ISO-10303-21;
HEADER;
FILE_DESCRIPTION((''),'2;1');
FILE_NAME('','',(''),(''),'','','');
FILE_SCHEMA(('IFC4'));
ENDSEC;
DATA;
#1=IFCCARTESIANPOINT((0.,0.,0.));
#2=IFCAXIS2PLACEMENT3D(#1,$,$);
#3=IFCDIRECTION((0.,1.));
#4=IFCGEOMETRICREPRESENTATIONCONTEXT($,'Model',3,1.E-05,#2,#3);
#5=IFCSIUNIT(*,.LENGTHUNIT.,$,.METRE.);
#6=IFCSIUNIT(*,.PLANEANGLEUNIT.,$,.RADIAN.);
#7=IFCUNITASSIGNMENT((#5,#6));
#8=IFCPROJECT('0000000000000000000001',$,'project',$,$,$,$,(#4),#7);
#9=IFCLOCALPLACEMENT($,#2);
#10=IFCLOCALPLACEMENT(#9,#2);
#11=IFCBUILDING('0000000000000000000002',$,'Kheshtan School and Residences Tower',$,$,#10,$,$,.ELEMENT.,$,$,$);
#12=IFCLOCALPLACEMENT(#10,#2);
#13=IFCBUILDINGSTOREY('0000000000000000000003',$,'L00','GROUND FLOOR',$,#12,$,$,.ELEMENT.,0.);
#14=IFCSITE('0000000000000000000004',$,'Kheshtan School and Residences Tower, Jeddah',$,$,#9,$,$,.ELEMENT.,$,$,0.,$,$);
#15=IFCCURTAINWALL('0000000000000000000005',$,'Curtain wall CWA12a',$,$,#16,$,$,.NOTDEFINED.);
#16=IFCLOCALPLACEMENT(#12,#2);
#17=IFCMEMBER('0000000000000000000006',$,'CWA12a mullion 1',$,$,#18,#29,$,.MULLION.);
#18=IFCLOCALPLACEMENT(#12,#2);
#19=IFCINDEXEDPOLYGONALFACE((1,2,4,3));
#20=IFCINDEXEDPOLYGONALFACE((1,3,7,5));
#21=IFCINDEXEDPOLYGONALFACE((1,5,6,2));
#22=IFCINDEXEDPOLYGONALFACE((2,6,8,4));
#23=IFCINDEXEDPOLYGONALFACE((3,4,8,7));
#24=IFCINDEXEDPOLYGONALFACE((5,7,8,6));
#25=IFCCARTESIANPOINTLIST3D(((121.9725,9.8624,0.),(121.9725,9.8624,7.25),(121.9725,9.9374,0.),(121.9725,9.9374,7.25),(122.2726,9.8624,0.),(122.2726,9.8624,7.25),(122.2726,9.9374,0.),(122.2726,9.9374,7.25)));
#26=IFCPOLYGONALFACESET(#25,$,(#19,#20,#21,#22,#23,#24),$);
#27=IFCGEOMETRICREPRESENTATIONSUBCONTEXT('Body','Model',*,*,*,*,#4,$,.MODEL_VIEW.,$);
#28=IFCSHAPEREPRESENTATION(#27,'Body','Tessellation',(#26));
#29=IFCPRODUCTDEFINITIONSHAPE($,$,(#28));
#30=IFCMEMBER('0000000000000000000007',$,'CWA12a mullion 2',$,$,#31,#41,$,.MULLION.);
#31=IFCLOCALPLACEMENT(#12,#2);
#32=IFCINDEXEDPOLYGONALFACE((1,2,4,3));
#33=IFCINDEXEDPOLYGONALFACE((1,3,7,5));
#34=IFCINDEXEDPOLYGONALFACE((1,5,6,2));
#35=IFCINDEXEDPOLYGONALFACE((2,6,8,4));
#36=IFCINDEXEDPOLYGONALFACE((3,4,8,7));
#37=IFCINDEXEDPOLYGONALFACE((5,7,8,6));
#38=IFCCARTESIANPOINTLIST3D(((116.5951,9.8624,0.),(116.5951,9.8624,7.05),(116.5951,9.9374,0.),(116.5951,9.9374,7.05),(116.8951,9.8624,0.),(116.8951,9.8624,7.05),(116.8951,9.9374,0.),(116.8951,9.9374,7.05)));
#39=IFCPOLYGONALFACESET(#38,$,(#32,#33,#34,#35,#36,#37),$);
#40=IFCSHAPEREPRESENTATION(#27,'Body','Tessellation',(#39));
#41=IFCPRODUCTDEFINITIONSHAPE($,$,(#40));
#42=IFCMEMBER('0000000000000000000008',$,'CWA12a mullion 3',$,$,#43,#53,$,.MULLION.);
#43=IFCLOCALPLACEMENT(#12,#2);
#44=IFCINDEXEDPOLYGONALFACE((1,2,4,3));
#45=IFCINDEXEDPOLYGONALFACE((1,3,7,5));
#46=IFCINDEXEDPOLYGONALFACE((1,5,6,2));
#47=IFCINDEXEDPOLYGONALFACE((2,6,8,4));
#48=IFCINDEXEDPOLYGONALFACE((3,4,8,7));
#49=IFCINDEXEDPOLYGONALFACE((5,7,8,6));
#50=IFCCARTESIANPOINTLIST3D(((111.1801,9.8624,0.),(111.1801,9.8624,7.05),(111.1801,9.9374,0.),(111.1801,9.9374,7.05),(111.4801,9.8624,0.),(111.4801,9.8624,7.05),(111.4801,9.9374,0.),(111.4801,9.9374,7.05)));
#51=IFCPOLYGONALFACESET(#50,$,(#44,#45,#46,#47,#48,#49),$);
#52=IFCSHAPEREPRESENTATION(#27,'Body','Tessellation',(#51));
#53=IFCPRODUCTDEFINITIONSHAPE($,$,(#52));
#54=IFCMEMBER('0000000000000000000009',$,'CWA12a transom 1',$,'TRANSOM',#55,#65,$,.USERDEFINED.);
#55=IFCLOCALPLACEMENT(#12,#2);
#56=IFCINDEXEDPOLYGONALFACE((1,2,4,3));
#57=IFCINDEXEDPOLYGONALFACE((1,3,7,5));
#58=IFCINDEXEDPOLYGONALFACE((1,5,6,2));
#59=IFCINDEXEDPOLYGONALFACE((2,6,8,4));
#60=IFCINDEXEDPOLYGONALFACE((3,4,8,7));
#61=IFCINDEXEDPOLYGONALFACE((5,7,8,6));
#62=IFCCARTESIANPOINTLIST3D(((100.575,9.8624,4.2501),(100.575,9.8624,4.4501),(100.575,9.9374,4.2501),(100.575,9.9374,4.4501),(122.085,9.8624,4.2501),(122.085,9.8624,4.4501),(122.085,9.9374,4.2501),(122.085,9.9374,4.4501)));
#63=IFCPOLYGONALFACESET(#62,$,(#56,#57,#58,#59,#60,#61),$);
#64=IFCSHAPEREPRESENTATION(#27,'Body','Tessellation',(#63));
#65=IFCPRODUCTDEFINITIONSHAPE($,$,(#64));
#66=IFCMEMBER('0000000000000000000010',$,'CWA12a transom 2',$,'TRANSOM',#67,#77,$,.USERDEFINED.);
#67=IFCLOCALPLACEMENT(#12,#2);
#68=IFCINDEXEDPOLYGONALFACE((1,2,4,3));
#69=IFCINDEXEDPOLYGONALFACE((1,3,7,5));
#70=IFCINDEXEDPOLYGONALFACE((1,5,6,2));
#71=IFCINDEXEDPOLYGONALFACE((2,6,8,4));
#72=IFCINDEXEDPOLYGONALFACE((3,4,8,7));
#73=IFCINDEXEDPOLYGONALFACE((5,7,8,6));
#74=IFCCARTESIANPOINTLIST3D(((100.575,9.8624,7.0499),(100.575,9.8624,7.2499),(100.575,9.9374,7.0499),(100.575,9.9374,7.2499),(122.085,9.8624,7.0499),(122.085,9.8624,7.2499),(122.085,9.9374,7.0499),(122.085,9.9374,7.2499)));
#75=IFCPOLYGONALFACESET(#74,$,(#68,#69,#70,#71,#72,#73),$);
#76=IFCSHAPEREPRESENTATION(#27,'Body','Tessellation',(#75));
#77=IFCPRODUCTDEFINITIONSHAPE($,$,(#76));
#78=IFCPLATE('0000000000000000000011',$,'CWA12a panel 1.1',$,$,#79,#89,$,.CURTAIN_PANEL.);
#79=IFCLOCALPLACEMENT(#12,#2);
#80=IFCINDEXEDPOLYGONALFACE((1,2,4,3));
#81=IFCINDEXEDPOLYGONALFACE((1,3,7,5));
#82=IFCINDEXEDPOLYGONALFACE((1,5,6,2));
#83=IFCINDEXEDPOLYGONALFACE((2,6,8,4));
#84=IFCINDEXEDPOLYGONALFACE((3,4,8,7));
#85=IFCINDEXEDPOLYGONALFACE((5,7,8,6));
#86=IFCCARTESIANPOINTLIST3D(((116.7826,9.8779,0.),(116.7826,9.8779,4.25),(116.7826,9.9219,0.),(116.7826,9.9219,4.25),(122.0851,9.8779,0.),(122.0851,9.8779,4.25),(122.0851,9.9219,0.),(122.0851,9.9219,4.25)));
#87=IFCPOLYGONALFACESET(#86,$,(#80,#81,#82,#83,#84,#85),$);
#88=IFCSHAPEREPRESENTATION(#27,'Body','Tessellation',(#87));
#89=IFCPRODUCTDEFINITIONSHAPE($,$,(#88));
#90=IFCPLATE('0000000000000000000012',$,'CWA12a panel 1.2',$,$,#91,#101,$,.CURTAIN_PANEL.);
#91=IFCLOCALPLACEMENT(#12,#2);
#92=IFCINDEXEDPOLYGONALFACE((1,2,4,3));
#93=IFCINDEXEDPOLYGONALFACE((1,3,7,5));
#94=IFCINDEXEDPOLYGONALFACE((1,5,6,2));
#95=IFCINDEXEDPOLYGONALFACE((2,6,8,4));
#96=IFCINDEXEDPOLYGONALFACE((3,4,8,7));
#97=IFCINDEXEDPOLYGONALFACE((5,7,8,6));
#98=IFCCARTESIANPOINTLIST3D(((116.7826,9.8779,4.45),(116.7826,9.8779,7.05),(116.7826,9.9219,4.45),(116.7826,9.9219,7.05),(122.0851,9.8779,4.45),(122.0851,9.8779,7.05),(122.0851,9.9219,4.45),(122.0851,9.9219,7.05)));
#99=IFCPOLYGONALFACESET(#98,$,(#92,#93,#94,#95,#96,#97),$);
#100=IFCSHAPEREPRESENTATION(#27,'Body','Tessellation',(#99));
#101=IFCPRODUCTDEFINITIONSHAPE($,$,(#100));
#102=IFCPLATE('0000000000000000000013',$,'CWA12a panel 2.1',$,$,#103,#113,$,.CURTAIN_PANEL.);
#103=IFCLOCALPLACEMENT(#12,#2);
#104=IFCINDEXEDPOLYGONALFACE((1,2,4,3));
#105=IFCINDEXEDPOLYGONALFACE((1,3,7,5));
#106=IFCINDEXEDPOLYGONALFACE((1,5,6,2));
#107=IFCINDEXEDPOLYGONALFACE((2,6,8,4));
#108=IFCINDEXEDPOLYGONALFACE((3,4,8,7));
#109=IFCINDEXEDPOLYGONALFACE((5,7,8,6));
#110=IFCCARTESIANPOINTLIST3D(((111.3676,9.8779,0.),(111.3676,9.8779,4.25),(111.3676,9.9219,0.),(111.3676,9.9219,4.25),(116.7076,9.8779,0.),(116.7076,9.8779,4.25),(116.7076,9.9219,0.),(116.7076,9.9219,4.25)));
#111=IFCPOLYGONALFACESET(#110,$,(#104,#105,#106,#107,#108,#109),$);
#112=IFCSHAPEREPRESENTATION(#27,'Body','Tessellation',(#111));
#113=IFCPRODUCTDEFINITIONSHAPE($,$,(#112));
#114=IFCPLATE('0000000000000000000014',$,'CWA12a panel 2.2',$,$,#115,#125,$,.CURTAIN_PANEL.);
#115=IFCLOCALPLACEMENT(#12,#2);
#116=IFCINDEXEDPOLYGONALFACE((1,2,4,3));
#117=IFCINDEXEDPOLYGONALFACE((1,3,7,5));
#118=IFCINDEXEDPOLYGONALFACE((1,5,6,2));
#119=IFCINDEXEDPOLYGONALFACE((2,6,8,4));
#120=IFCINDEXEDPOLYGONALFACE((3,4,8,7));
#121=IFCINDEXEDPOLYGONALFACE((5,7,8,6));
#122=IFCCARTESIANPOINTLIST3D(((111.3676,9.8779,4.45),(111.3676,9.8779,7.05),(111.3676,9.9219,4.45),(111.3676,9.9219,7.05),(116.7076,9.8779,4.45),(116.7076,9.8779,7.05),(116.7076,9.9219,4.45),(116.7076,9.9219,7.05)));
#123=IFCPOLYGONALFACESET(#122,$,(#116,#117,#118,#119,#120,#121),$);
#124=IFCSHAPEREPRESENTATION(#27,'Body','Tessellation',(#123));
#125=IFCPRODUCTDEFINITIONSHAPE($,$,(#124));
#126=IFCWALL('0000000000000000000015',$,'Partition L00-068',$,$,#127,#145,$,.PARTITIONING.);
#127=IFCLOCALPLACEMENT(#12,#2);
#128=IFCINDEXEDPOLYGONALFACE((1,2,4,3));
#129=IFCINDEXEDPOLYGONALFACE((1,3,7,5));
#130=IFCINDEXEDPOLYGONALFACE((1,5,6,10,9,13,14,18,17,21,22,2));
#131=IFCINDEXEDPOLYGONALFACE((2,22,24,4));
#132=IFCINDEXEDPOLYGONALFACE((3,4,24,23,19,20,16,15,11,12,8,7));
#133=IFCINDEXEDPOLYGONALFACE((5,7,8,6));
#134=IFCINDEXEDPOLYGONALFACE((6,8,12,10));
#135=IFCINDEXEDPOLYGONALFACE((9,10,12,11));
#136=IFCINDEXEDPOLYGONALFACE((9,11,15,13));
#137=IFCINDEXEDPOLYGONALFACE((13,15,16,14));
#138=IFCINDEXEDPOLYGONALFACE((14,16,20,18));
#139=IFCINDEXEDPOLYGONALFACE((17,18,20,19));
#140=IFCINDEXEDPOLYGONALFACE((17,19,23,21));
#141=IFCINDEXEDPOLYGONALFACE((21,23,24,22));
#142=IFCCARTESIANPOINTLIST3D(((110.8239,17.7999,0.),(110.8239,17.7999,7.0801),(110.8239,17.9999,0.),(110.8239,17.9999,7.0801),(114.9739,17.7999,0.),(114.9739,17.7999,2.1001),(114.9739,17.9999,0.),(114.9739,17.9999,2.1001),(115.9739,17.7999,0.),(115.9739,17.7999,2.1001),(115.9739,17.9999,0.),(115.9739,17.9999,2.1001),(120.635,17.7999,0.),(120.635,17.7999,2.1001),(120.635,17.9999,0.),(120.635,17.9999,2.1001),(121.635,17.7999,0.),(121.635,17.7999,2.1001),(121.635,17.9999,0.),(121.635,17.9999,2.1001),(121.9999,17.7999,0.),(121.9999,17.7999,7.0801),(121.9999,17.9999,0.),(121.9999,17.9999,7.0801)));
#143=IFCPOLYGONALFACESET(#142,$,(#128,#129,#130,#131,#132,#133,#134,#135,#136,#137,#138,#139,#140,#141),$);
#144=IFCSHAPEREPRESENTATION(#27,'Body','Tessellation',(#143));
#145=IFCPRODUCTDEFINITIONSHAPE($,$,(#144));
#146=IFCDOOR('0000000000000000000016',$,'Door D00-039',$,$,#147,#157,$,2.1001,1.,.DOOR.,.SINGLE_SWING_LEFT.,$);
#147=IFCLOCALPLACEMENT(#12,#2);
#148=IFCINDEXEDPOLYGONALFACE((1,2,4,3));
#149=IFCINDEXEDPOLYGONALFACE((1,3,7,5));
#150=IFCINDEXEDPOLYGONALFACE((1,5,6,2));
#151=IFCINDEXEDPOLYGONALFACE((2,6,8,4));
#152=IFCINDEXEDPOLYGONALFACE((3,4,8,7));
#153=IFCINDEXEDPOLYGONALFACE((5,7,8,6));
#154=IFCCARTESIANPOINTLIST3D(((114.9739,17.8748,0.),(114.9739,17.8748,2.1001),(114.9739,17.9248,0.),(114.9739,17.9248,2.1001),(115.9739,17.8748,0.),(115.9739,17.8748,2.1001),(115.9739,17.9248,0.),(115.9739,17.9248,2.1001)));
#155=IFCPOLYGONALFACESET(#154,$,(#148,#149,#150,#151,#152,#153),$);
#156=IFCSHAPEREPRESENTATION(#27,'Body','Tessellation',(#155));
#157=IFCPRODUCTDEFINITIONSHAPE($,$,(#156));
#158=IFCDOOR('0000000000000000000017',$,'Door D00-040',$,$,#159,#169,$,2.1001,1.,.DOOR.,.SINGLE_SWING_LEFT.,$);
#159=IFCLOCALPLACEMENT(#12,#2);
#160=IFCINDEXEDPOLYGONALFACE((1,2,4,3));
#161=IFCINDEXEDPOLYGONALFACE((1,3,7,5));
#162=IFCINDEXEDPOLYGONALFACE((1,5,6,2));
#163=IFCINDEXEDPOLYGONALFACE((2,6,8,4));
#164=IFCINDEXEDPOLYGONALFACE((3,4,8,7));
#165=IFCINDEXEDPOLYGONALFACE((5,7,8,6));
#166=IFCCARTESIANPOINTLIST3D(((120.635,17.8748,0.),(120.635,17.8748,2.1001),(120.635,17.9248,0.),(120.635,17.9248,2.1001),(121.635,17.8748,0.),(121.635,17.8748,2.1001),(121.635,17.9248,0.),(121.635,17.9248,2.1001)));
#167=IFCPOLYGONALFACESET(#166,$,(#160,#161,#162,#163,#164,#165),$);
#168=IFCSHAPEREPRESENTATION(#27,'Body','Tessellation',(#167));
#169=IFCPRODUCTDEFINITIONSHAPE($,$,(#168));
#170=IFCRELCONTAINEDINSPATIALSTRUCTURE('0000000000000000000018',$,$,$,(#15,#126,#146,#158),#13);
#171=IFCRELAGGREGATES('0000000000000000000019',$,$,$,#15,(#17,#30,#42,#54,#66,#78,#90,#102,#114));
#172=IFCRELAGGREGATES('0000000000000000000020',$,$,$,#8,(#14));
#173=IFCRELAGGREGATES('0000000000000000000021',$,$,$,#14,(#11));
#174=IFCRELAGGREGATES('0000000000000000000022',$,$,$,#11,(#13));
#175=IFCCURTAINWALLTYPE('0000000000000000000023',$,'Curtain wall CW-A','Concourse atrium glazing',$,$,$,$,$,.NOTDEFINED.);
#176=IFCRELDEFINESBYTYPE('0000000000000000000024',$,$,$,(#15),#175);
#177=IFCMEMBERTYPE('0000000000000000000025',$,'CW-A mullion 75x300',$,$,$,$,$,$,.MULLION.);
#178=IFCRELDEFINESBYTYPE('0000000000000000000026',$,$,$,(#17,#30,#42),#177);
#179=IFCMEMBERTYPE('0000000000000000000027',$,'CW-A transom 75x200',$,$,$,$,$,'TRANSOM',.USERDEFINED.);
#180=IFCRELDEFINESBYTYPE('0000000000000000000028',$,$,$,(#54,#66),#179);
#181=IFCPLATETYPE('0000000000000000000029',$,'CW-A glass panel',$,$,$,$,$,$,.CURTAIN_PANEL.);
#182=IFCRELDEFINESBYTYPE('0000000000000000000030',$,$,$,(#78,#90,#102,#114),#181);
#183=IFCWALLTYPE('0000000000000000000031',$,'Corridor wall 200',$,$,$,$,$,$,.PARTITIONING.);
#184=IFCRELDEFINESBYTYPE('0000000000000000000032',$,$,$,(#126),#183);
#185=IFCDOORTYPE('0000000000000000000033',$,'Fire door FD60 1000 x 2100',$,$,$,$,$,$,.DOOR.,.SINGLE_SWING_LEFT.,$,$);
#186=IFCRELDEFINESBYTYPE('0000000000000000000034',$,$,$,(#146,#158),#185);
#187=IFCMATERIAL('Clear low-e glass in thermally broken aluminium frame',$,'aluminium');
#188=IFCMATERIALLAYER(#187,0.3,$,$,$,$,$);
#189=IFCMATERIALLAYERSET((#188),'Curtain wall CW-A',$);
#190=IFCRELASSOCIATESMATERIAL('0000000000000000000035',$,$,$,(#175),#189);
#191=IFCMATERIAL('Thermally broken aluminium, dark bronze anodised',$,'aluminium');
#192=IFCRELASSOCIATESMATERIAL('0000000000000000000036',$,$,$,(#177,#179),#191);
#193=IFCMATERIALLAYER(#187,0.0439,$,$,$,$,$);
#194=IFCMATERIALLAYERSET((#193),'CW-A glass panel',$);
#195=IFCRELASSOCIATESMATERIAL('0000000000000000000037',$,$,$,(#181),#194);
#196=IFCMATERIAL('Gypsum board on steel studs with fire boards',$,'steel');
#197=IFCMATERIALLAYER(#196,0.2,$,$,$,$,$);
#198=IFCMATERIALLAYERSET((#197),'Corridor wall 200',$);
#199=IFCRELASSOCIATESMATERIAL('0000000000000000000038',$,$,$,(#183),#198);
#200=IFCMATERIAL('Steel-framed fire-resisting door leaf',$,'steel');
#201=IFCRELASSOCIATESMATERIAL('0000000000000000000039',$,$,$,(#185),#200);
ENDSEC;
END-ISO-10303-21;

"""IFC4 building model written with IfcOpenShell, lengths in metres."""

from ifc_helpers import new_model, si_unit, direction, frame, frame_2d, origin, origin_2d, place, context, subcontext, project, spatial, rectangle, extrude, source, transform, mapped, material, layer, layer_set, material_profile, profile_set, type_object, element, fill, aggregate, save


model = new_model("IFC4")

# Units and contexts
model_context = context("Model", 3, precision=1e-05, world=origin(), true_north=direction((0.0, 1.0)))
body_context = subcontext(model_context, "Body", "Model", "MODEL_VIEW")
ifc_project = project(units=[si_unit("LENGTHUNIT", "METRE"), si_unit("PLANEANGLEUNIT", "RADIAN")], contexts=[model_context])

# Site, building, storey
site_placement = place(None, origin())
site = spatial("IfcSite", under=ifc_project, at=site_placement, Name="Kheshtan School and Residences Tower, Jeddah", CompositionType="ELEMENT", RefElevation=0.0)
building_placement = place(site_placement, origin())
building = spatial("IfcBuilding", under=site, at=building_placement, Name="Kheshtan School and Residences Tower", CompositionType="ELEMENT")
storey_placement = place(building_placement, origin())
storey = spatial("IfcBuildingStorey", under=building, at=storey_placement, Name="L00", Description="GROUND FLOOR", CompositionType="ELEMENT", Elevation=0.0)

# Shared definitions
ifc_material_1 = material(Name="Clear low-e glass in thermally broken aluminium frame", Category="aluminium")
ifc_layer_1 = layer(ifc_material_1, 0.3)
ifc_layer_set_1 = layer_set([ifc_layer_1], Name="Curtain wall CW-A")
curtain_wall_type = type_object("IfcCurtainWallType", Name="Curtain wall CW-A", Description="Concourse atrium glazing", PredefinedType="NOTDEFINED", material=ifc_layer_set_1)
ifc_material_2 = material(Name="Thermally broken aluminium, dark bronze anodised", Category="aluminium")
ifc_material_profile_1 = material_profile(ifc_material_2, rectangle(XDim=0.075, YDim=0.3, at=origin_2d()), Name="CW-A mullion 75x300")
ifc_profile_set_1 = profile_set([ifc_material_profile_1], Name="Thermally broken aluminium, dark bronze anodised")
member_type_1 = type_object("IfcMemberType", Name="CW-A mullion 75x300", PredefinedType="MULLION", material=ifc_profile_set_1)

# Curtain wall, members, plates
curtain_wall_1_placement = place(storey_placement, origin())
curtain_wall_1 = element("IfcCurtainWall", 1, at=curtain_wall_1_placement, inside=storey, type_object=curtain_wall_type, Name="Curtain wall CWA12a", PredefinedType="NOTDEFINED")
member_1_placement = place(storey_placement, frame((122.1226, 9.8999, 0.0), z_axis=(0.0, 0.0, 1.0), x_axis=(0.0, -1.0, 0.0)))
member_1 = element("IfcMember", 2, at=member_1_placement, type_object=member_type_1, Name="CWA12a mullion 1", PredefinedType="MULLION", context=body_context, shape_type="SweptSolid", body=[
    extrude(rectangle(XDim=0.075, YDim=0.3, at=origin_2d()), origin(), (0.0, 0.0, 1.0), 7.25),
])
member_2_placement = place(storey_placement, frame((116.7451, 9.8999, 0.0), z_axis=(0.0, 0.0, 1.0), x_axis=(0.0, -1.0, 0.0)))
member_2 = element("IfcMember", 3, at=member_2_placement, type_object=member_type_1, Name="CWA12a mullion 2", PredefinedType="MULLION", context=body_context, shape_type="SweptSolid", body=[
    extrude(rectangle(XDim=0.075, YDim=0.3, at=origin_2d()), origin(), (0.0, 0.0, 1.0), 7.05),
])
member_3_placement = place(storey_placement, frame((111.3301, 9.8999, 0.0), z_axis=(0.0, 0.0, 1.0), x_axis=(0.0, -1.0, 0.0)))
member_3 = element("IfcMember", 4, at=member_3_placement, type_object=member_type_1, Name="CWA12a mullion 3", PredefinedType="MULLION", context=body_context, shape_type="SweptSolid", body=[
    extrude(rectangle(XDim=0.075, YDim=0.3, at=origin_2d()), origin(), (0.0, 0.0, 1.0), 7.05),
])
ifc_material_profile_2 = material_profile(ifc_material_2, rectangle(XDim=0.075, YDim=0.2, at=origin_2d()), Name="CW-A transom 75x200")
ifc_profile_set_2 = profile_set([ifc_material_profile_2], Name="Thermally broken aluminium, dark bronze anodised")
member_type_2 = type_object("IfcMemberType", Name="CW-A transom 75x200", ElementType="TRANSOM", PredefinedType="USERDEFINED", material=ifc_profile_set_2)
member_4_placement = place(storey_placement, frame((122.085, 9.8999, 4.3501), z_axis=(-1.0, 0.0, 0.0), x_axis=(0.0, -1.0, 0.0)))
member_4 = element("IfcMember", 5, at=member_4_placement, type_object=member_type_2, Name="CWA12a transom 1", ObjectType="TRANSOM", PredefinedType="USERDEFINED", context=body_context, shape_type="SweptSolid", body=[
    extrude(rectangle(XDim=0.075, YDim=0.2, at=origin_2d()), origin(), (0.0, 0.0, 1.0), 21.51),
])
member_5_placement = place(storey_placement, frame((122.085, 9.8999, 7.1499), z_axis=(-1.0, 0.0, 0.0), x_axis=(0.0, -1.0, 0.0)))
member_5 = element("IfcMember", 6, at=member_5_placement, type_object=member_type_2, Name="CWA12a transom 2", ObjectType="TRANSOM", PredefinedType="USERDEFINED", context=body_context, shape_type="SweptSolid", body=[
    extrude(rectangle(XDim=0.075, YDim=0.2, at=origin_2d()), origin(), (0.0, 0.0, 1.0), 21.51),
])
ifc_layer_2 = layer(ifc_material_1, 0.0439)
ifc_layer_set_2 = layer_set([ifc_layer_2], Name="CW-A glass panel")
plate_type = type_object("IfcPlateType", Name="CW-A glass panel", PredefinedType="CURTAIN_PANEL", material=ifc_layer_set_2)
plate_1_placement = place(storey_placement, frame((119.4338, 9.8999, 0.0), z_axis=(0.0, 0.0, 1.0), x_axis=(-1.0, 0.0, 0.0)))
plate_1 = element("IfcPlate", 7, at=plate_1_placement, type_object=plate_type, Name="CWA12a panel 1.1", PredefinedType="CURTAIN_PANEL", context=body_context, shape_type="SweptSolid", body=[
    extrude(rectangle(XDim=5.3025, YDim=0.0439, at=origin_2d()), origin(), (0.0, 0.0, 1.0), 4.25),
])
plate_2_placement = place(storey_placement, frame((119.4338, 9.8999, 4.45), z_axis=(0.0, 0.0, 1.0), x_axis=(-1.0, 0.0, 0.0)))
plate_2 = element("IfcPlate", 8, at=plate_2_placement, type_object=plate_type, Name="CWA12a panel 1.2", PredefinedType="CURTAIN_PANEL", context=body_context, shape_type="SweptSolid", body=[
    extrude(rectangle(XDim=5.3025, YDim=0.0439, at=origin_2d()), origin(), (0.0, 0.0, 1.0), 2.6001),
])
plate_3_placement = place(storey_placement, frame((114.0376, 9.8999, 0.0), z_axis=(0.0, 0.0, 1.0), x_axis=(-1.0, 0.0, 0.0)))
plate_3 = element("IfcPlate", 9, at=plate_3_placement, type_object=plate_type, Name="CWA12a panel 2.1", PredefinedType="CURTAIN_PANEL", context=body_context, shape_type="SweptSolid", body=[
    extrude(rectangle(XDim=5.3401, YDim=0.0439, at=origin_2d()), origin(), (0.0, 0.0, 1.0), 4.25),
])
plate_4_placement = place(storey_placement, frame((114.0376, 9.8999, 4.45), z_axis=(0.0, 0.0, 1.0), x_axis=(-1.0, 0.0, 0.0)))
plate_4 = element("IfcPlate", 10, at=plate_4_placement, type_object=plate_type, Name="CWA12a panel 2.2", PredefinedType="CURTAIN_PANEL", context=body_context, shape_type="SweptSolid", body=[
    extrude(rectangle(XDim=5.3401, YDim=0.0439, at=origin_2d()), origin(), (0.0, 0.0, 1.0), 2.6001),
])
aggregate(curtain_wall_1, [member_1, member_2, member_3, member_4, member_5, plate_1, plate_2, plate_3, plate_4])

# Wall, openings, doors
ifc_material_3 = material(Name="Gypsum board on steel studs with fire boards", Category="steel")
ifc_layer_3 = layer(ifc_material_3, 0.2)
ifc_layer_set_3 = layer_set([ifc_layer_3], Name="Corridor wall 200")
wall_type_1 = type_object("IfcWallType", Name="Corridor wall 200", PredefinedType="PARTITIONING", material=ifc_layer_set_3)
wall_1_placement = place(storey_placement, frame((110.824, 17.8999, 0.0), z_axis=(0.0, 0.0, 1.0), x_axis=(1.0, 0.0, 0.0)))
wall_1 = element("IfcWall", 11, at=wall_1_placement, inside=storey, type_object=wall_type_1, Name="Partition L00-068", PredefinedType="PARTITIONING", context=body_context, shape_type="SweptSolid", body=[
    extrude(rectangle(XDim=11.176, YDim=0.2, at=frame_2d((5.5879, 0.0))), origin(), (0.0, 0.0, 1.0), 7.0801),
])
opening_1_placement = place(wall_1_placement, frame((4.1499, 0.0, 0.0)))
opening_1 = element("IfcOpeningElement", 12, at=opening_1_placement, cuts=wall_1, PredefinedType="OPENING", context=body_context, shape_type="SweptSolid", body=[
    extrude(rectangle(XDim=1.0, YDim=2.1001, at=frame_2d((0.5, 1.05))), frame((0.0, 0.1099, 0.0), z_axis=(0.0, -1.0, 0.0), x_axis=(1.0, 0.0, 0.0)), (0.0, 0.0, 1.0), 0.22),
])
opening_2_placement = place(wall_1_placement, frame((9.811, 0.0, 0.0)))
opening_2 = element("IfcOpeningElement", 13, at=opening_2_placement, cuts=wall_1, PredefinedType="OPENING", context=body_context, shape_type="SweptSolid", body=[
    extrude(rectangle(XDim=1.0, YDim=2.1001, at=frame_2d((0.5, 1.05))), frame((0.0, 0.1099, 0.0), z_axis=(0.0, -1.0, 0.0), x_axis=(1.0, 0.0, 0.0)), (0.0, 0.0, 1.0), 0.22),
])
ifc_material_4 = material(Name="Steel-framed fire-resisting door leaf", Category="steel")
door_type_1 = type_object("IfcDoorType", Name="Fire door FD60 1000 x 2100", OperationType="SINGLE_SWING_LEFT", PredefinedType="DOOR", material=ifc_material_4)
shared_shape_1 = source(origin(), body_context, "Body", "SweptSolid", [
    extrude(rectangle(XDim=1.0, YDim=2.1001, at=frame_2d((0.5, 1.05))), frame((0.0, 0.0249, 0.0), z_axis=(0.0, -1.0, 0.0), x_axis=(1.0, 0.0, 0.0)), (0.0, 0.0, 1.0), 0.05),
])
door_1_placement = place(opening_1_placement, origin())
door_1 = element("IfcDoor", 14, at=door_1_placement, inside=storey, type_object=door_type_1, Name="Door D00-039", OperationType="SINGLE_SWING_LEFT", OverallHeight=2.1001, OverallWidth=1.0, PredefinedType="DOOR", context=body_context, shape_type="MappedRepresentation", body=[
    mapped(shared_shape_1, transform((0.0, 0.0, 0.0), x_axis=(1.0, 0.0, 0.0), y_axis=(0.0, 1.0, 0.0), z_axis=(0.0, 0.0, 1.0), scale=1.0)),
])
fill(opening_1, door_1)
door_2_placement = place(opening_2_placement, origin())
door_2 = element("IfcDoor", 15, at=door_2_placement, inside=storey, type_object=door_type_1, Name="Door D00-040", OperationType="SINGLE_SWING_LEFT", OverallHeight=2.1001, OverallWidth=1.0, PredefinedType="DOOR", context=body_context, shape_type="MappedRepresentation", body=[
    mapped(shared_shape_1, transform((0.0, 0.0, 0.0), x_axis=(1.0, 0.0, 0.0), y_axis=(0.0, 1.0, 0.0), z_axis=(0.0, 0.0, 1.0), scale=1.0)),
])
fill(opening_2, door_2)

save(model, "model.ifc")
